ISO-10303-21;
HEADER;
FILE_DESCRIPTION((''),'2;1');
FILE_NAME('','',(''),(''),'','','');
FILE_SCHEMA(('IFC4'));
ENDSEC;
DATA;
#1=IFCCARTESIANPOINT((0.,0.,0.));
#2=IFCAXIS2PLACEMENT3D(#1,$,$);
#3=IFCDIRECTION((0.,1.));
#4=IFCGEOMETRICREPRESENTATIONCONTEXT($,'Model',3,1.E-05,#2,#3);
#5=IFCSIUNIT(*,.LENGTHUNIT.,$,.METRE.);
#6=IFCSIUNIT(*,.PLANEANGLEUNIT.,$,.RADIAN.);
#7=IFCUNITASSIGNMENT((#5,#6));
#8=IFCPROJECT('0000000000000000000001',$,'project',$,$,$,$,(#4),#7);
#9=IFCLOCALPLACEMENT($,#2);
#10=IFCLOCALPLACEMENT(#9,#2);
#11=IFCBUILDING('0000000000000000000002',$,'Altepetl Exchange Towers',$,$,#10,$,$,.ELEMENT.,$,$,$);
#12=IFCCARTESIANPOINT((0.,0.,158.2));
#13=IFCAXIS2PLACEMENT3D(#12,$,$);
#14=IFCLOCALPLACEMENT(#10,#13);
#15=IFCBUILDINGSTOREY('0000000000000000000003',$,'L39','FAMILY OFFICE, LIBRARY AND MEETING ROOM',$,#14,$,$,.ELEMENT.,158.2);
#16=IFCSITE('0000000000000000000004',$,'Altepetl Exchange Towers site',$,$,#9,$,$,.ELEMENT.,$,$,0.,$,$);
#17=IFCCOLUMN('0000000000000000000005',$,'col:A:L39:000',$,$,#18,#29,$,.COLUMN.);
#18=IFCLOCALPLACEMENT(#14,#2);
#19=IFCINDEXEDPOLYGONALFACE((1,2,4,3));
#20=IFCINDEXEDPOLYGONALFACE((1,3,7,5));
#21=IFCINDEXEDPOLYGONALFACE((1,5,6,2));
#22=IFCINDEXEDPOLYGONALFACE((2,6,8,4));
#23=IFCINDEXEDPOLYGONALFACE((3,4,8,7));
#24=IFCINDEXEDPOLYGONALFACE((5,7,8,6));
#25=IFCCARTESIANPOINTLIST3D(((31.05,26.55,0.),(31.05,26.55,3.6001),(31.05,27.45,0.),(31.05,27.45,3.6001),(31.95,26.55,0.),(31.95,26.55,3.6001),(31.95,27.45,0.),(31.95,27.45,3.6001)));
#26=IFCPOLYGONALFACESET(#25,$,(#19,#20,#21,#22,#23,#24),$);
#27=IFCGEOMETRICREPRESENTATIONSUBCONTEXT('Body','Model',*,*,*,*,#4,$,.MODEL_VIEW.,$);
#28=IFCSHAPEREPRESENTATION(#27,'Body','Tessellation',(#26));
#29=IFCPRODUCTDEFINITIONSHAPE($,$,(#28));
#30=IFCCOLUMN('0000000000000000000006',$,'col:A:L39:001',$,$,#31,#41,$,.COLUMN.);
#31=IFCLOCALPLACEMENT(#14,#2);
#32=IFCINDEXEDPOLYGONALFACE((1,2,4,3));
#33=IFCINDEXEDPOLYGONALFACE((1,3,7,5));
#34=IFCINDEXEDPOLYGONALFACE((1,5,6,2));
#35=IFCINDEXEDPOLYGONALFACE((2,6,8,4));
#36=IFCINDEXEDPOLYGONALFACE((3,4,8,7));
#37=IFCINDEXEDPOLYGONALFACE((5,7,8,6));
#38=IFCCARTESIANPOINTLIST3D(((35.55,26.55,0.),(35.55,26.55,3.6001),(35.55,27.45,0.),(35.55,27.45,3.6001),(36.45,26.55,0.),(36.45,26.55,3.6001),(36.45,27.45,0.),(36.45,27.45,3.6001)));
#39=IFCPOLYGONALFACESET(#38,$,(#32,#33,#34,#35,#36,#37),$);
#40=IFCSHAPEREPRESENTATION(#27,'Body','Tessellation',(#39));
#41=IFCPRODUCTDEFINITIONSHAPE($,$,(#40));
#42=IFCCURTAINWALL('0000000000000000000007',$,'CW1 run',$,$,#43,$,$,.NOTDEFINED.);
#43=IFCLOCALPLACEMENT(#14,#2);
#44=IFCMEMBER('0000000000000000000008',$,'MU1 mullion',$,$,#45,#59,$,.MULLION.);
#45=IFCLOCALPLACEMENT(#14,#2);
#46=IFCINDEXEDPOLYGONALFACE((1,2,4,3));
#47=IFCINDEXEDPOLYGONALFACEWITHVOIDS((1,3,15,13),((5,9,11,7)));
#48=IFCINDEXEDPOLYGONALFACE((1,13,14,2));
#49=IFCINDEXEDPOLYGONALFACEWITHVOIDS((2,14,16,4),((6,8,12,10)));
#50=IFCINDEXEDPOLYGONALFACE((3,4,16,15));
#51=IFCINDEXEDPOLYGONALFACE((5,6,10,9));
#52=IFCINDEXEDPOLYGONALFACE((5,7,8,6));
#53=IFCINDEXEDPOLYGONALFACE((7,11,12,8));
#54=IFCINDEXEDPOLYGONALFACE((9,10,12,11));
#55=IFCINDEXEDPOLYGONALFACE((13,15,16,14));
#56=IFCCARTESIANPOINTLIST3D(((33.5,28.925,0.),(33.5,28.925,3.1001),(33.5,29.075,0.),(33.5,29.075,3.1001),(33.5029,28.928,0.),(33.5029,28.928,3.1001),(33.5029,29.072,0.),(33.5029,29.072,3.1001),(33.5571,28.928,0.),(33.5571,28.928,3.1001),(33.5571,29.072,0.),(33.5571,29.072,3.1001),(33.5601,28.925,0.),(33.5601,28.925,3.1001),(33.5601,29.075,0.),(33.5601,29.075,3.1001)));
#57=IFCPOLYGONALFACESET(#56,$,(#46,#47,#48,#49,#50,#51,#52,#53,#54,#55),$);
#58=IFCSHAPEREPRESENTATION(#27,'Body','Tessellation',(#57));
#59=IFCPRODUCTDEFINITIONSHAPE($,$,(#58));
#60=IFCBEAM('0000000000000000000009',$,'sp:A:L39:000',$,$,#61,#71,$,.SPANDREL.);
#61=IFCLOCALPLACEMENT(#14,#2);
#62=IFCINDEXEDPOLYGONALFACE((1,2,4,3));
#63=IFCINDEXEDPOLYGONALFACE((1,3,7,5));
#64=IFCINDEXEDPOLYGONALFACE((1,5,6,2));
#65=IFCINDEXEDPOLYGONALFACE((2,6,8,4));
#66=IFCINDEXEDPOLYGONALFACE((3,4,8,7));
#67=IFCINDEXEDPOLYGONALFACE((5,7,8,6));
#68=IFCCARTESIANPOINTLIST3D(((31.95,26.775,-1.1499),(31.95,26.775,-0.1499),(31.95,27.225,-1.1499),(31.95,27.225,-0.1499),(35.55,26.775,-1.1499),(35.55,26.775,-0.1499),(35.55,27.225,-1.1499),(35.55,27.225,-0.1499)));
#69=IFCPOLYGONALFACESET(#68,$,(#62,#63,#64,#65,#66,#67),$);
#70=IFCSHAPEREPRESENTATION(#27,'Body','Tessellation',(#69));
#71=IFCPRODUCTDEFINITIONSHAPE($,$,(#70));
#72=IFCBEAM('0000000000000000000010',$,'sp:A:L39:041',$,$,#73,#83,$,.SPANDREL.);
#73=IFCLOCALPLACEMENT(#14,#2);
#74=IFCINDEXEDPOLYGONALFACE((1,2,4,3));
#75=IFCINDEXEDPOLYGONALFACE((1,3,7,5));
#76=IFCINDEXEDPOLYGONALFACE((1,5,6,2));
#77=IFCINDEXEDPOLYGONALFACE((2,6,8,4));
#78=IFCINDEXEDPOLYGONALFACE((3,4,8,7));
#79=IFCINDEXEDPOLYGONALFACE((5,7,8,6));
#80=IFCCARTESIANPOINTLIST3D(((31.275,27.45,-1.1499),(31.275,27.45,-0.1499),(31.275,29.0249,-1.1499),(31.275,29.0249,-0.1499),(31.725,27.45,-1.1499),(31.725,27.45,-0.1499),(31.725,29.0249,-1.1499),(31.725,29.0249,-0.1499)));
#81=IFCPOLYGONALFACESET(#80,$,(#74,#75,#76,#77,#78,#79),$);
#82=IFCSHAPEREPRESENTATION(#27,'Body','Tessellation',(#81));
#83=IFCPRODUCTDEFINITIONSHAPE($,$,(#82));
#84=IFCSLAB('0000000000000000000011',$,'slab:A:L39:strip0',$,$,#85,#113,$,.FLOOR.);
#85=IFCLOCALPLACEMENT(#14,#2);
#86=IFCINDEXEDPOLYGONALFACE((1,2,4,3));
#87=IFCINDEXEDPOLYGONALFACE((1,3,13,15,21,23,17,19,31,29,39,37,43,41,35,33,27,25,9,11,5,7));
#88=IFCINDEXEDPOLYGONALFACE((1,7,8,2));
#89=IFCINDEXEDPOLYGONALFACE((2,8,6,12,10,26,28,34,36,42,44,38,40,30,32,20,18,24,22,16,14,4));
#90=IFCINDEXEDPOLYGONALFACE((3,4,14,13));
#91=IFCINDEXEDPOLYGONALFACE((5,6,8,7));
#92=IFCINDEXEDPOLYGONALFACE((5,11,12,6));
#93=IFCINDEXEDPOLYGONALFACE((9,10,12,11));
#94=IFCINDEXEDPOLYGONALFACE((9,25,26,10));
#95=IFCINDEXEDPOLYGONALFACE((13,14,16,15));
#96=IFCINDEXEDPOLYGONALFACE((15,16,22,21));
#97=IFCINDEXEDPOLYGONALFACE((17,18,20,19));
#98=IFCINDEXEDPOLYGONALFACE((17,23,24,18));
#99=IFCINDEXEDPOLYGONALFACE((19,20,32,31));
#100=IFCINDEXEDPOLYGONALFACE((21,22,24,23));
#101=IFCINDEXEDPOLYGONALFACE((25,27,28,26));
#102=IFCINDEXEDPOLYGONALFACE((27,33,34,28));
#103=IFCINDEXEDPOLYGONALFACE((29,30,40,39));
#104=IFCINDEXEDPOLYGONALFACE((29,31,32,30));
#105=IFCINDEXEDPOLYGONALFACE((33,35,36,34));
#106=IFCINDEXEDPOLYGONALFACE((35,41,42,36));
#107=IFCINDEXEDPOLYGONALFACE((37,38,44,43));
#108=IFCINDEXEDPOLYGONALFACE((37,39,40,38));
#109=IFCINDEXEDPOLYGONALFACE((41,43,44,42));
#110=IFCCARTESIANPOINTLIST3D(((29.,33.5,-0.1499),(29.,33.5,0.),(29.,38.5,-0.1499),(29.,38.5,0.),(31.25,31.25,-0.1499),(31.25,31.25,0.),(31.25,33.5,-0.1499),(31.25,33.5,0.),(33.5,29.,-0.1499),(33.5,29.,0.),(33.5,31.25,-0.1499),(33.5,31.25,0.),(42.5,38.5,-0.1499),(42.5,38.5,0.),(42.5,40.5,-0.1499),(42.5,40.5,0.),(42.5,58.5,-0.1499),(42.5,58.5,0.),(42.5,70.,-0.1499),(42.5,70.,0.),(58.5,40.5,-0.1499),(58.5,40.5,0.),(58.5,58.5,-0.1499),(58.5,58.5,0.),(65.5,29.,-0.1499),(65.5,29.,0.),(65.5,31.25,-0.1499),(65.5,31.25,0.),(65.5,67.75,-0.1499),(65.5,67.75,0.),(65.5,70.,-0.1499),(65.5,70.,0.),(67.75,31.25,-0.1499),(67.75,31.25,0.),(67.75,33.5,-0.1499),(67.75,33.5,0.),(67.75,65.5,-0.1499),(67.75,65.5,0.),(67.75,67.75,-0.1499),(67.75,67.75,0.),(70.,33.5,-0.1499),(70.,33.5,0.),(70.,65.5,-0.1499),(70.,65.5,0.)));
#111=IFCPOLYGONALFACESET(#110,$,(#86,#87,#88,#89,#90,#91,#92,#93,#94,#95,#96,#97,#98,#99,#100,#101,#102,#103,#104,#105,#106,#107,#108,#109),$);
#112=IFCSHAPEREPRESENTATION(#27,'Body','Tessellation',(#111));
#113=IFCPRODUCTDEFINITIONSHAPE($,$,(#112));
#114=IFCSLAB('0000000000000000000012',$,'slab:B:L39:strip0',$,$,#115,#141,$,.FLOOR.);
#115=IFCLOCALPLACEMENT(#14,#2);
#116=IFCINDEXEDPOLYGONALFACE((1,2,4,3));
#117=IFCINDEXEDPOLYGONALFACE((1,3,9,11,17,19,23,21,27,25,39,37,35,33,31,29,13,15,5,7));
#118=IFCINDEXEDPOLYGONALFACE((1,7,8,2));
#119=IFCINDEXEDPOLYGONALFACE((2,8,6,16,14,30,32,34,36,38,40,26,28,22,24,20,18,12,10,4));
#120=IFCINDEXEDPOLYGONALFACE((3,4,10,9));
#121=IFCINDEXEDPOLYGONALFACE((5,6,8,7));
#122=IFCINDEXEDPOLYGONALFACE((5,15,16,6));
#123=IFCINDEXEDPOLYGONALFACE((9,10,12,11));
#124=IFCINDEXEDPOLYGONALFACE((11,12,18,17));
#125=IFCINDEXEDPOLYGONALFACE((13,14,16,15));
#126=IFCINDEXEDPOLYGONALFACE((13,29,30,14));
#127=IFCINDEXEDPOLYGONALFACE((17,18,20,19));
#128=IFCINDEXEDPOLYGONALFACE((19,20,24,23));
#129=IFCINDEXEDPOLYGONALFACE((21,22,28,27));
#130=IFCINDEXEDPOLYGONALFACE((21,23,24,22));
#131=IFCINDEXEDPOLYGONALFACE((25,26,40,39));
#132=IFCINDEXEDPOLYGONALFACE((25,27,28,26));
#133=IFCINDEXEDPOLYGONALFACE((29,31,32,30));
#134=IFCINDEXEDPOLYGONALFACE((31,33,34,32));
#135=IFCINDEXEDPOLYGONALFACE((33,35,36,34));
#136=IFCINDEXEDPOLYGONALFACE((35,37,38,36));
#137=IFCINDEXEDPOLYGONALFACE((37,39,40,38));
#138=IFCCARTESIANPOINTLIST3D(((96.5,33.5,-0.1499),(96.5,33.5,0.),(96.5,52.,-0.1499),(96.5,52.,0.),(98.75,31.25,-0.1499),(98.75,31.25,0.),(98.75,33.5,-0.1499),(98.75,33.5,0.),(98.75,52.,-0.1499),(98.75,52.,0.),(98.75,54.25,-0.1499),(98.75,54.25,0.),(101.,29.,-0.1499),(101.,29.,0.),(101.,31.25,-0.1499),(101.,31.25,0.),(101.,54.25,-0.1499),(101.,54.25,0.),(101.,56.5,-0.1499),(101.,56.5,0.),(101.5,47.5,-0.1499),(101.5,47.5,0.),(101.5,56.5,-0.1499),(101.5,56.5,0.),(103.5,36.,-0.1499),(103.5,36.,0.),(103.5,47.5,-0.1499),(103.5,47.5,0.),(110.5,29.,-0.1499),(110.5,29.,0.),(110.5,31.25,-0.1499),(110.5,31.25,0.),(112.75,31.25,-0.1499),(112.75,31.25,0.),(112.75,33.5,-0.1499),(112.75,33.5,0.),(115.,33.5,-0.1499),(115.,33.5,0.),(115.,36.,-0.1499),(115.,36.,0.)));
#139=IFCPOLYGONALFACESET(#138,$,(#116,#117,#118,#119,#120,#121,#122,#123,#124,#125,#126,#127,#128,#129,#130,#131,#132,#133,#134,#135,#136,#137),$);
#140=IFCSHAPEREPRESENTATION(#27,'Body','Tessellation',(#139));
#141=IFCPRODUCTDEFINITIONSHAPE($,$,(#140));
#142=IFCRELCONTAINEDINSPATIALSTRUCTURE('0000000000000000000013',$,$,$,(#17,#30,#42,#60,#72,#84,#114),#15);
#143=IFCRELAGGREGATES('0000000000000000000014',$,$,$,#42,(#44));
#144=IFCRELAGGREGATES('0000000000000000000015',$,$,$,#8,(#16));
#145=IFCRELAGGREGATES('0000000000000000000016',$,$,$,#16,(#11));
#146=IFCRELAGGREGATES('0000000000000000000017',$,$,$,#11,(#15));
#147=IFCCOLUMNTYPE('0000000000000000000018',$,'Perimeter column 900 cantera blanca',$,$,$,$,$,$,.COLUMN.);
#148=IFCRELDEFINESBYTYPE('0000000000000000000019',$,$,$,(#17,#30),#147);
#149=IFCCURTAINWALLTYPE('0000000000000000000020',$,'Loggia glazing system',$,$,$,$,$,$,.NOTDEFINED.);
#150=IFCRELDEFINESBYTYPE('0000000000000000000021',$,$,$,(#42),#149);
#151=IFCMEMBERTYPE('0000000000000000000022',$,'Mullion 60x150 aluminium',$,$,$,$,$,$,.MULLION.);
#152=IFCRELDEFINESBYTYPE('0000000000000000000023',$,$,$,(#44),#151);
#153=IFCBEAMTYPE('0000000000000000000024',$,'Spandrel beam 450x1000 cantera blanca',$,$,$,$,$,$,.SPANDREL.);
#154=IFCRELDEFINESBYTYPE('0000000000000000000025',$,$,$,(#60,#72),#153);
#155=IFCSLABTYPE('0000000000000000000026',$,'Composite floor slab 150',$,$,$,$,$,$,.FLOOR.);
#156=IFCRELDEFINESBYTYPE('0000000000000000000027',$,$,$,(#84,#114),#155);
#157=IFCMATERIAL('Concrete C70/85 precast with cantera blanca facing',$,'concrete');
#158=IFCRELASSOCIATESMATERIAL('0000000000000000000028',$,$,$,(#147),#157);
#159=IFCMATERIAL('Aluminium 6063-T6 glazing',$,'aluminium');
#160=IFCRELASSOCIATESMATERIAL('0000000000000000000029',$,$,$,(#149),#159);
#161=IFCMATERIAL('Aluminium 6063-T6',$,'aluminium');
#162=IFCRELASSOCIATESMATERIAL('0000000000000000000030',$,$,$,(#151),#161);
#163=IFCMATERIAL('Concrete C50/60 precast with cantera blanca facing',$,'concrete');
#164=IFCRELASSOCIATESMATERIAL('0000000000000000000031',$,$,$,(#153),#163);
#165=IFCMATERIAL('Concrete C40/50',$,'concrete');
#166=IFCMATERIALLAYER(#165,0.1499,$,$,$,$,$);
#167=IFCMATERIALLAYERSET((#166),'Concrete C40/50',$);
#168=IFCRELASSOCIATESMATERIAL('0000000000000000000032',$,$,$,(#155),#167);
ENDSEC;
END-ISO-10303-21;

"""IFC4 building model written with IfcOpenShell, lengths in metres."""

from ifc_helpers import new_model, si_unit, direction, frame, origin, origin_2d, place, context, subcontext, project, spatial, polyline, rectangle, hollow_rectangle, outline, extrude, material, layer, layer_set, material_profile, profile_set, type_object, element, aggregate, save


model = new_model("IFC4")

# Units and contexts
model_context = context("Model", 3, precision=1e-05, world=origin(), true_north=direction((0.0, 1.0)))
body_context = subcontext(model_context, "Body", "Model", "MODEL_VIEW")
ifc_project = project(units=[si_unit("LENGTHUNIT", "METRE"), si_unit("PLANEANGLEUNIT", "RADIAN")], contexts=[model_context])

# Site, building, storey
site_placement = place(None, origin())
site = spatial("IfcSite", under=ifc_project, at=site_placement, Name="Altepetl Exchange Towers site", CompositionType="ELEMENT", RefElevation=0.0)
building_placement = place(site_placement, origin())
building = spatial("IfcBuilding", under=site, at=building_placement, Name="Altepetl Exchange Towers", CompositionType="ELEMENT")
storey_placement = place(building_placement, frame((0.0, 0.0, 158.2)))
storey = spatial("IfcBuildingStorey", under=building, at=storey_placement, Name="L39", Description="FAMILY OFFICE, LIBRARY AND MEETING ROOM", CompositionType="ELEMENT", Elevation=158.2)

# Columns
ifc_material_1 = material(Name="Concrete C70/85 precast with cantera blanca facing", Category="concrete")
ifc_material_profile_1 = material_profile(ifc_material_1, rectangle(XDim=0.8999, YDim=0.8999, at=origin_2d()), Name="900 x 900")
ifc_profile_set_1 = profile_set([ifc_material_profile_1], Name="Concrete C70/85 precast with cantera blanca facing")
column_type = type_object("IfcColumnType", Name="Perimeter column 900 cantera blanca", PredefinedType="COLUMN", material=ifc_profile_set_1)
for number, where, name in (
    (1, (31.5, 27.0, 0.0), "col:A:L39:000"),
    (2, (36.0, 27.0, 0.0), "col:A:L39:001"),
):
    element("IfcColumn", number, at=place(storey_placement, frame(where)), inside=storey, type_object=column_type, Name=name, PredefinedType="COLUMN", context=body_context, shape_type="SweptSolid", body=[
        extrude(rectangle(XDim=0.8999, YDim=0.8999, at=origin_2d()), origin(), (0.0, 0.0, 1.0), 3.6001),
    ])

# Curtain wall, member
ifc_material_2 = material(Name="Aluminium 6063-T6 glazing", Category="aluminium")
curtain_wall_type = type_object("IfcCurtainWallType", Name="Loggia glazing system", PredefinedType="NOTDEFINED", material=ifc_material_2)
curtain_wall_placement = place(storey_placement, origin())
curtain_wall = element("IfcCurtainWall", 3, at=curtain_wall_placement, inside=storey, type_object=curtain_wall_type, Name="CW1 run", PredefinedType="NOTDEFINED")
ifc_material_3 = material(Name="Aluminium 6063-T6", Category="aluminium")
ifc_material_profile_2 = material_profile(ifc_material_3, hollow_rectangle(XDim=0.0601, YDim=0.1499, WallThickness=0.0029, at=origin_2d()), Name="Mullion 60x150 aluminium")
ifc_profile_set_2 = profile_set([ifc_material_profile_2], Name="Aluminium 6063-T6")
member_type = type_object("IfcMemberType", Name="Mullion 60x150 aluminium", PredefinedType="MULLION", material=ifc_profile_set_2)
member_placement = place(storey_placement, frame((33.53, 29.0, 0.0)))
member = element("IfcMember", 4, at=member_placement, type_object=member_type, Name="MU1 mullion", PredefinedType="MULLION", context=body_context, shape_type="SweptSolid", body=[
    extrude(hollow_rectangle(XDim=0.0601, YDim=0.1499, WallThickness=0.0029, at=origin_2d()), origin(), (0.0, 0.0, 1.0), 3.1001),
])

# Beams
ifc_material_4 = material(Name="Concrete C50/60 precast with cantera blanca facing", Category="concrete")
ifc_material_profile_3 = material_profile(ifc_material_4, rectangle(XDim=0.45, YDim=1.0, at=origin_2d()), Name="450 x 1000")
ifc_profile_set_3 = profile_set([ifc_material_profile_3], Name="Concrete C50/60 precast with cantera blanca facing")
beam_type = type_object("IfcBeamType", Name="Spandrel beam 450x1000 cantera blanca", PredefinedType="SPANDREL", material=ifc_profile_set_3)
beam_1_placement = place(storey_placement, frame((31.95, 27.0, -0.6499), z_axis=(1.0, 0.0, 0.0), x_axis=(0.0, 1.0, 0.0)))
element("IfcBeam", 5, at=beam_1_placement, inside=storey, type_object=beam_type, Name="sp:A:L39:000", PredefinedType="SPANDREL", context=body_context, shape_type="SweptSolid", body=[
    extrude(rectangle(XDim=0.45, YDim=1.0, at=origin_2d()), origin(), (0.0, 0.0, 1.0), 3.6001),
])
beam_2_placement = place(storey_placement, frame((31.5, 29.0249, -0.6499), z_axis=(0.0, -1.0, 0.0), x_axis=(1.0, 0.0, 0.0)))
element("IfcBeam", 6, at=beam_2_placement, inside=storey, type_object=beam_type, Name="sp:A:L39:041", PredefinedType="SPANDREL", context=body_context, shape_type="SweptSolid", body=[
    extrude(rectangle(XDim=0.45, YDim=1.0, at=origin_2d()), origin(), (0.0, 0.0, 1.0), 1.575),
])

# Slabs
ifc_material_5 = material(Name="Concrete C40/50", Category="concrete")
ifc_layer_1 = layer(ifc_material_5, 0.1499)
ifc_layer_set_1 = layer_set([ifc_layer_1], Name="Concrete C40/50")
slab_type_1 = type_object("IfcSlabType", Name="Composite floor slab 150", PredefinedType="FLOOR", material=ifc_layer_set_1)
slab_1_placement = place(storey_placement, frame((0.0, 0.0, -0.1499)))
element("IfcSlab", 7, at=slab_1_placement, inside=storey, type_object=slab_type_1, Name="slab:A:L39:strip0", PredefinedType="FLOOR", context=body_context, shape_type="SweptSolid", body=[
    extrude(outline(polyline([(42.5, 70.0), (42.5, 58.5), (58.5, 58.5), (58.5, 40.5), (42.5, 40.5), (42.5, 38.5), (29.0, 38.5), (29.0, 33.5), (31.25, 33.5), (31.25, 31.25), (33.5, 31.25), (33.5, 29.0), (65.5, 29.0), (65.5, 31.25), (67.75, 31.25), (67.75, 33.5), (70.0, 33.5), (70.0, 65.5), (67.75, 65.5), (67.75, 67.75), (65.5, 67.75), (65.5, 70.0), (42.5, 70.0)])), origin(), (0.0, 0.0, 1.0), 0.1499),
])
slab_2_placement = place(storey_placement, frame((0.0, 0.0, -0.1499)))
element("IfcSlab", 8, at=slab_2_placement, inside=storey, type_object=slab_type_1, Name="slab:B:L39:strip0", PredefinedType="FLOOR", context=body_context, shape_type="SweptSolid", body=[
    extrude(outline(polyline([(98.75, 31.25), (101.0, 31.25), (101.0, 29.0), (110.5, 29.0), (110.5, 31.25), (112.75, 31.25), (112.75, 33.5), (115.0, 33.5), (115.0, 36.0), (103.5, 36.0), (103.5, 47.5), (101.5, 47.5), (101.5, 56.5), (101.0, 56.5), (101.0, 54.25), (98.75, 54.25), (98.75, 52.0), (96.5, 52.0), (96.5, 33.5), (98.75, 33.5), (98.75, 31.25)])), origin(), (0.0, 0.0, 1.0), 0.1499),
])

aggregate(curtain_wall, [member])

save(model, "model.ifc")
